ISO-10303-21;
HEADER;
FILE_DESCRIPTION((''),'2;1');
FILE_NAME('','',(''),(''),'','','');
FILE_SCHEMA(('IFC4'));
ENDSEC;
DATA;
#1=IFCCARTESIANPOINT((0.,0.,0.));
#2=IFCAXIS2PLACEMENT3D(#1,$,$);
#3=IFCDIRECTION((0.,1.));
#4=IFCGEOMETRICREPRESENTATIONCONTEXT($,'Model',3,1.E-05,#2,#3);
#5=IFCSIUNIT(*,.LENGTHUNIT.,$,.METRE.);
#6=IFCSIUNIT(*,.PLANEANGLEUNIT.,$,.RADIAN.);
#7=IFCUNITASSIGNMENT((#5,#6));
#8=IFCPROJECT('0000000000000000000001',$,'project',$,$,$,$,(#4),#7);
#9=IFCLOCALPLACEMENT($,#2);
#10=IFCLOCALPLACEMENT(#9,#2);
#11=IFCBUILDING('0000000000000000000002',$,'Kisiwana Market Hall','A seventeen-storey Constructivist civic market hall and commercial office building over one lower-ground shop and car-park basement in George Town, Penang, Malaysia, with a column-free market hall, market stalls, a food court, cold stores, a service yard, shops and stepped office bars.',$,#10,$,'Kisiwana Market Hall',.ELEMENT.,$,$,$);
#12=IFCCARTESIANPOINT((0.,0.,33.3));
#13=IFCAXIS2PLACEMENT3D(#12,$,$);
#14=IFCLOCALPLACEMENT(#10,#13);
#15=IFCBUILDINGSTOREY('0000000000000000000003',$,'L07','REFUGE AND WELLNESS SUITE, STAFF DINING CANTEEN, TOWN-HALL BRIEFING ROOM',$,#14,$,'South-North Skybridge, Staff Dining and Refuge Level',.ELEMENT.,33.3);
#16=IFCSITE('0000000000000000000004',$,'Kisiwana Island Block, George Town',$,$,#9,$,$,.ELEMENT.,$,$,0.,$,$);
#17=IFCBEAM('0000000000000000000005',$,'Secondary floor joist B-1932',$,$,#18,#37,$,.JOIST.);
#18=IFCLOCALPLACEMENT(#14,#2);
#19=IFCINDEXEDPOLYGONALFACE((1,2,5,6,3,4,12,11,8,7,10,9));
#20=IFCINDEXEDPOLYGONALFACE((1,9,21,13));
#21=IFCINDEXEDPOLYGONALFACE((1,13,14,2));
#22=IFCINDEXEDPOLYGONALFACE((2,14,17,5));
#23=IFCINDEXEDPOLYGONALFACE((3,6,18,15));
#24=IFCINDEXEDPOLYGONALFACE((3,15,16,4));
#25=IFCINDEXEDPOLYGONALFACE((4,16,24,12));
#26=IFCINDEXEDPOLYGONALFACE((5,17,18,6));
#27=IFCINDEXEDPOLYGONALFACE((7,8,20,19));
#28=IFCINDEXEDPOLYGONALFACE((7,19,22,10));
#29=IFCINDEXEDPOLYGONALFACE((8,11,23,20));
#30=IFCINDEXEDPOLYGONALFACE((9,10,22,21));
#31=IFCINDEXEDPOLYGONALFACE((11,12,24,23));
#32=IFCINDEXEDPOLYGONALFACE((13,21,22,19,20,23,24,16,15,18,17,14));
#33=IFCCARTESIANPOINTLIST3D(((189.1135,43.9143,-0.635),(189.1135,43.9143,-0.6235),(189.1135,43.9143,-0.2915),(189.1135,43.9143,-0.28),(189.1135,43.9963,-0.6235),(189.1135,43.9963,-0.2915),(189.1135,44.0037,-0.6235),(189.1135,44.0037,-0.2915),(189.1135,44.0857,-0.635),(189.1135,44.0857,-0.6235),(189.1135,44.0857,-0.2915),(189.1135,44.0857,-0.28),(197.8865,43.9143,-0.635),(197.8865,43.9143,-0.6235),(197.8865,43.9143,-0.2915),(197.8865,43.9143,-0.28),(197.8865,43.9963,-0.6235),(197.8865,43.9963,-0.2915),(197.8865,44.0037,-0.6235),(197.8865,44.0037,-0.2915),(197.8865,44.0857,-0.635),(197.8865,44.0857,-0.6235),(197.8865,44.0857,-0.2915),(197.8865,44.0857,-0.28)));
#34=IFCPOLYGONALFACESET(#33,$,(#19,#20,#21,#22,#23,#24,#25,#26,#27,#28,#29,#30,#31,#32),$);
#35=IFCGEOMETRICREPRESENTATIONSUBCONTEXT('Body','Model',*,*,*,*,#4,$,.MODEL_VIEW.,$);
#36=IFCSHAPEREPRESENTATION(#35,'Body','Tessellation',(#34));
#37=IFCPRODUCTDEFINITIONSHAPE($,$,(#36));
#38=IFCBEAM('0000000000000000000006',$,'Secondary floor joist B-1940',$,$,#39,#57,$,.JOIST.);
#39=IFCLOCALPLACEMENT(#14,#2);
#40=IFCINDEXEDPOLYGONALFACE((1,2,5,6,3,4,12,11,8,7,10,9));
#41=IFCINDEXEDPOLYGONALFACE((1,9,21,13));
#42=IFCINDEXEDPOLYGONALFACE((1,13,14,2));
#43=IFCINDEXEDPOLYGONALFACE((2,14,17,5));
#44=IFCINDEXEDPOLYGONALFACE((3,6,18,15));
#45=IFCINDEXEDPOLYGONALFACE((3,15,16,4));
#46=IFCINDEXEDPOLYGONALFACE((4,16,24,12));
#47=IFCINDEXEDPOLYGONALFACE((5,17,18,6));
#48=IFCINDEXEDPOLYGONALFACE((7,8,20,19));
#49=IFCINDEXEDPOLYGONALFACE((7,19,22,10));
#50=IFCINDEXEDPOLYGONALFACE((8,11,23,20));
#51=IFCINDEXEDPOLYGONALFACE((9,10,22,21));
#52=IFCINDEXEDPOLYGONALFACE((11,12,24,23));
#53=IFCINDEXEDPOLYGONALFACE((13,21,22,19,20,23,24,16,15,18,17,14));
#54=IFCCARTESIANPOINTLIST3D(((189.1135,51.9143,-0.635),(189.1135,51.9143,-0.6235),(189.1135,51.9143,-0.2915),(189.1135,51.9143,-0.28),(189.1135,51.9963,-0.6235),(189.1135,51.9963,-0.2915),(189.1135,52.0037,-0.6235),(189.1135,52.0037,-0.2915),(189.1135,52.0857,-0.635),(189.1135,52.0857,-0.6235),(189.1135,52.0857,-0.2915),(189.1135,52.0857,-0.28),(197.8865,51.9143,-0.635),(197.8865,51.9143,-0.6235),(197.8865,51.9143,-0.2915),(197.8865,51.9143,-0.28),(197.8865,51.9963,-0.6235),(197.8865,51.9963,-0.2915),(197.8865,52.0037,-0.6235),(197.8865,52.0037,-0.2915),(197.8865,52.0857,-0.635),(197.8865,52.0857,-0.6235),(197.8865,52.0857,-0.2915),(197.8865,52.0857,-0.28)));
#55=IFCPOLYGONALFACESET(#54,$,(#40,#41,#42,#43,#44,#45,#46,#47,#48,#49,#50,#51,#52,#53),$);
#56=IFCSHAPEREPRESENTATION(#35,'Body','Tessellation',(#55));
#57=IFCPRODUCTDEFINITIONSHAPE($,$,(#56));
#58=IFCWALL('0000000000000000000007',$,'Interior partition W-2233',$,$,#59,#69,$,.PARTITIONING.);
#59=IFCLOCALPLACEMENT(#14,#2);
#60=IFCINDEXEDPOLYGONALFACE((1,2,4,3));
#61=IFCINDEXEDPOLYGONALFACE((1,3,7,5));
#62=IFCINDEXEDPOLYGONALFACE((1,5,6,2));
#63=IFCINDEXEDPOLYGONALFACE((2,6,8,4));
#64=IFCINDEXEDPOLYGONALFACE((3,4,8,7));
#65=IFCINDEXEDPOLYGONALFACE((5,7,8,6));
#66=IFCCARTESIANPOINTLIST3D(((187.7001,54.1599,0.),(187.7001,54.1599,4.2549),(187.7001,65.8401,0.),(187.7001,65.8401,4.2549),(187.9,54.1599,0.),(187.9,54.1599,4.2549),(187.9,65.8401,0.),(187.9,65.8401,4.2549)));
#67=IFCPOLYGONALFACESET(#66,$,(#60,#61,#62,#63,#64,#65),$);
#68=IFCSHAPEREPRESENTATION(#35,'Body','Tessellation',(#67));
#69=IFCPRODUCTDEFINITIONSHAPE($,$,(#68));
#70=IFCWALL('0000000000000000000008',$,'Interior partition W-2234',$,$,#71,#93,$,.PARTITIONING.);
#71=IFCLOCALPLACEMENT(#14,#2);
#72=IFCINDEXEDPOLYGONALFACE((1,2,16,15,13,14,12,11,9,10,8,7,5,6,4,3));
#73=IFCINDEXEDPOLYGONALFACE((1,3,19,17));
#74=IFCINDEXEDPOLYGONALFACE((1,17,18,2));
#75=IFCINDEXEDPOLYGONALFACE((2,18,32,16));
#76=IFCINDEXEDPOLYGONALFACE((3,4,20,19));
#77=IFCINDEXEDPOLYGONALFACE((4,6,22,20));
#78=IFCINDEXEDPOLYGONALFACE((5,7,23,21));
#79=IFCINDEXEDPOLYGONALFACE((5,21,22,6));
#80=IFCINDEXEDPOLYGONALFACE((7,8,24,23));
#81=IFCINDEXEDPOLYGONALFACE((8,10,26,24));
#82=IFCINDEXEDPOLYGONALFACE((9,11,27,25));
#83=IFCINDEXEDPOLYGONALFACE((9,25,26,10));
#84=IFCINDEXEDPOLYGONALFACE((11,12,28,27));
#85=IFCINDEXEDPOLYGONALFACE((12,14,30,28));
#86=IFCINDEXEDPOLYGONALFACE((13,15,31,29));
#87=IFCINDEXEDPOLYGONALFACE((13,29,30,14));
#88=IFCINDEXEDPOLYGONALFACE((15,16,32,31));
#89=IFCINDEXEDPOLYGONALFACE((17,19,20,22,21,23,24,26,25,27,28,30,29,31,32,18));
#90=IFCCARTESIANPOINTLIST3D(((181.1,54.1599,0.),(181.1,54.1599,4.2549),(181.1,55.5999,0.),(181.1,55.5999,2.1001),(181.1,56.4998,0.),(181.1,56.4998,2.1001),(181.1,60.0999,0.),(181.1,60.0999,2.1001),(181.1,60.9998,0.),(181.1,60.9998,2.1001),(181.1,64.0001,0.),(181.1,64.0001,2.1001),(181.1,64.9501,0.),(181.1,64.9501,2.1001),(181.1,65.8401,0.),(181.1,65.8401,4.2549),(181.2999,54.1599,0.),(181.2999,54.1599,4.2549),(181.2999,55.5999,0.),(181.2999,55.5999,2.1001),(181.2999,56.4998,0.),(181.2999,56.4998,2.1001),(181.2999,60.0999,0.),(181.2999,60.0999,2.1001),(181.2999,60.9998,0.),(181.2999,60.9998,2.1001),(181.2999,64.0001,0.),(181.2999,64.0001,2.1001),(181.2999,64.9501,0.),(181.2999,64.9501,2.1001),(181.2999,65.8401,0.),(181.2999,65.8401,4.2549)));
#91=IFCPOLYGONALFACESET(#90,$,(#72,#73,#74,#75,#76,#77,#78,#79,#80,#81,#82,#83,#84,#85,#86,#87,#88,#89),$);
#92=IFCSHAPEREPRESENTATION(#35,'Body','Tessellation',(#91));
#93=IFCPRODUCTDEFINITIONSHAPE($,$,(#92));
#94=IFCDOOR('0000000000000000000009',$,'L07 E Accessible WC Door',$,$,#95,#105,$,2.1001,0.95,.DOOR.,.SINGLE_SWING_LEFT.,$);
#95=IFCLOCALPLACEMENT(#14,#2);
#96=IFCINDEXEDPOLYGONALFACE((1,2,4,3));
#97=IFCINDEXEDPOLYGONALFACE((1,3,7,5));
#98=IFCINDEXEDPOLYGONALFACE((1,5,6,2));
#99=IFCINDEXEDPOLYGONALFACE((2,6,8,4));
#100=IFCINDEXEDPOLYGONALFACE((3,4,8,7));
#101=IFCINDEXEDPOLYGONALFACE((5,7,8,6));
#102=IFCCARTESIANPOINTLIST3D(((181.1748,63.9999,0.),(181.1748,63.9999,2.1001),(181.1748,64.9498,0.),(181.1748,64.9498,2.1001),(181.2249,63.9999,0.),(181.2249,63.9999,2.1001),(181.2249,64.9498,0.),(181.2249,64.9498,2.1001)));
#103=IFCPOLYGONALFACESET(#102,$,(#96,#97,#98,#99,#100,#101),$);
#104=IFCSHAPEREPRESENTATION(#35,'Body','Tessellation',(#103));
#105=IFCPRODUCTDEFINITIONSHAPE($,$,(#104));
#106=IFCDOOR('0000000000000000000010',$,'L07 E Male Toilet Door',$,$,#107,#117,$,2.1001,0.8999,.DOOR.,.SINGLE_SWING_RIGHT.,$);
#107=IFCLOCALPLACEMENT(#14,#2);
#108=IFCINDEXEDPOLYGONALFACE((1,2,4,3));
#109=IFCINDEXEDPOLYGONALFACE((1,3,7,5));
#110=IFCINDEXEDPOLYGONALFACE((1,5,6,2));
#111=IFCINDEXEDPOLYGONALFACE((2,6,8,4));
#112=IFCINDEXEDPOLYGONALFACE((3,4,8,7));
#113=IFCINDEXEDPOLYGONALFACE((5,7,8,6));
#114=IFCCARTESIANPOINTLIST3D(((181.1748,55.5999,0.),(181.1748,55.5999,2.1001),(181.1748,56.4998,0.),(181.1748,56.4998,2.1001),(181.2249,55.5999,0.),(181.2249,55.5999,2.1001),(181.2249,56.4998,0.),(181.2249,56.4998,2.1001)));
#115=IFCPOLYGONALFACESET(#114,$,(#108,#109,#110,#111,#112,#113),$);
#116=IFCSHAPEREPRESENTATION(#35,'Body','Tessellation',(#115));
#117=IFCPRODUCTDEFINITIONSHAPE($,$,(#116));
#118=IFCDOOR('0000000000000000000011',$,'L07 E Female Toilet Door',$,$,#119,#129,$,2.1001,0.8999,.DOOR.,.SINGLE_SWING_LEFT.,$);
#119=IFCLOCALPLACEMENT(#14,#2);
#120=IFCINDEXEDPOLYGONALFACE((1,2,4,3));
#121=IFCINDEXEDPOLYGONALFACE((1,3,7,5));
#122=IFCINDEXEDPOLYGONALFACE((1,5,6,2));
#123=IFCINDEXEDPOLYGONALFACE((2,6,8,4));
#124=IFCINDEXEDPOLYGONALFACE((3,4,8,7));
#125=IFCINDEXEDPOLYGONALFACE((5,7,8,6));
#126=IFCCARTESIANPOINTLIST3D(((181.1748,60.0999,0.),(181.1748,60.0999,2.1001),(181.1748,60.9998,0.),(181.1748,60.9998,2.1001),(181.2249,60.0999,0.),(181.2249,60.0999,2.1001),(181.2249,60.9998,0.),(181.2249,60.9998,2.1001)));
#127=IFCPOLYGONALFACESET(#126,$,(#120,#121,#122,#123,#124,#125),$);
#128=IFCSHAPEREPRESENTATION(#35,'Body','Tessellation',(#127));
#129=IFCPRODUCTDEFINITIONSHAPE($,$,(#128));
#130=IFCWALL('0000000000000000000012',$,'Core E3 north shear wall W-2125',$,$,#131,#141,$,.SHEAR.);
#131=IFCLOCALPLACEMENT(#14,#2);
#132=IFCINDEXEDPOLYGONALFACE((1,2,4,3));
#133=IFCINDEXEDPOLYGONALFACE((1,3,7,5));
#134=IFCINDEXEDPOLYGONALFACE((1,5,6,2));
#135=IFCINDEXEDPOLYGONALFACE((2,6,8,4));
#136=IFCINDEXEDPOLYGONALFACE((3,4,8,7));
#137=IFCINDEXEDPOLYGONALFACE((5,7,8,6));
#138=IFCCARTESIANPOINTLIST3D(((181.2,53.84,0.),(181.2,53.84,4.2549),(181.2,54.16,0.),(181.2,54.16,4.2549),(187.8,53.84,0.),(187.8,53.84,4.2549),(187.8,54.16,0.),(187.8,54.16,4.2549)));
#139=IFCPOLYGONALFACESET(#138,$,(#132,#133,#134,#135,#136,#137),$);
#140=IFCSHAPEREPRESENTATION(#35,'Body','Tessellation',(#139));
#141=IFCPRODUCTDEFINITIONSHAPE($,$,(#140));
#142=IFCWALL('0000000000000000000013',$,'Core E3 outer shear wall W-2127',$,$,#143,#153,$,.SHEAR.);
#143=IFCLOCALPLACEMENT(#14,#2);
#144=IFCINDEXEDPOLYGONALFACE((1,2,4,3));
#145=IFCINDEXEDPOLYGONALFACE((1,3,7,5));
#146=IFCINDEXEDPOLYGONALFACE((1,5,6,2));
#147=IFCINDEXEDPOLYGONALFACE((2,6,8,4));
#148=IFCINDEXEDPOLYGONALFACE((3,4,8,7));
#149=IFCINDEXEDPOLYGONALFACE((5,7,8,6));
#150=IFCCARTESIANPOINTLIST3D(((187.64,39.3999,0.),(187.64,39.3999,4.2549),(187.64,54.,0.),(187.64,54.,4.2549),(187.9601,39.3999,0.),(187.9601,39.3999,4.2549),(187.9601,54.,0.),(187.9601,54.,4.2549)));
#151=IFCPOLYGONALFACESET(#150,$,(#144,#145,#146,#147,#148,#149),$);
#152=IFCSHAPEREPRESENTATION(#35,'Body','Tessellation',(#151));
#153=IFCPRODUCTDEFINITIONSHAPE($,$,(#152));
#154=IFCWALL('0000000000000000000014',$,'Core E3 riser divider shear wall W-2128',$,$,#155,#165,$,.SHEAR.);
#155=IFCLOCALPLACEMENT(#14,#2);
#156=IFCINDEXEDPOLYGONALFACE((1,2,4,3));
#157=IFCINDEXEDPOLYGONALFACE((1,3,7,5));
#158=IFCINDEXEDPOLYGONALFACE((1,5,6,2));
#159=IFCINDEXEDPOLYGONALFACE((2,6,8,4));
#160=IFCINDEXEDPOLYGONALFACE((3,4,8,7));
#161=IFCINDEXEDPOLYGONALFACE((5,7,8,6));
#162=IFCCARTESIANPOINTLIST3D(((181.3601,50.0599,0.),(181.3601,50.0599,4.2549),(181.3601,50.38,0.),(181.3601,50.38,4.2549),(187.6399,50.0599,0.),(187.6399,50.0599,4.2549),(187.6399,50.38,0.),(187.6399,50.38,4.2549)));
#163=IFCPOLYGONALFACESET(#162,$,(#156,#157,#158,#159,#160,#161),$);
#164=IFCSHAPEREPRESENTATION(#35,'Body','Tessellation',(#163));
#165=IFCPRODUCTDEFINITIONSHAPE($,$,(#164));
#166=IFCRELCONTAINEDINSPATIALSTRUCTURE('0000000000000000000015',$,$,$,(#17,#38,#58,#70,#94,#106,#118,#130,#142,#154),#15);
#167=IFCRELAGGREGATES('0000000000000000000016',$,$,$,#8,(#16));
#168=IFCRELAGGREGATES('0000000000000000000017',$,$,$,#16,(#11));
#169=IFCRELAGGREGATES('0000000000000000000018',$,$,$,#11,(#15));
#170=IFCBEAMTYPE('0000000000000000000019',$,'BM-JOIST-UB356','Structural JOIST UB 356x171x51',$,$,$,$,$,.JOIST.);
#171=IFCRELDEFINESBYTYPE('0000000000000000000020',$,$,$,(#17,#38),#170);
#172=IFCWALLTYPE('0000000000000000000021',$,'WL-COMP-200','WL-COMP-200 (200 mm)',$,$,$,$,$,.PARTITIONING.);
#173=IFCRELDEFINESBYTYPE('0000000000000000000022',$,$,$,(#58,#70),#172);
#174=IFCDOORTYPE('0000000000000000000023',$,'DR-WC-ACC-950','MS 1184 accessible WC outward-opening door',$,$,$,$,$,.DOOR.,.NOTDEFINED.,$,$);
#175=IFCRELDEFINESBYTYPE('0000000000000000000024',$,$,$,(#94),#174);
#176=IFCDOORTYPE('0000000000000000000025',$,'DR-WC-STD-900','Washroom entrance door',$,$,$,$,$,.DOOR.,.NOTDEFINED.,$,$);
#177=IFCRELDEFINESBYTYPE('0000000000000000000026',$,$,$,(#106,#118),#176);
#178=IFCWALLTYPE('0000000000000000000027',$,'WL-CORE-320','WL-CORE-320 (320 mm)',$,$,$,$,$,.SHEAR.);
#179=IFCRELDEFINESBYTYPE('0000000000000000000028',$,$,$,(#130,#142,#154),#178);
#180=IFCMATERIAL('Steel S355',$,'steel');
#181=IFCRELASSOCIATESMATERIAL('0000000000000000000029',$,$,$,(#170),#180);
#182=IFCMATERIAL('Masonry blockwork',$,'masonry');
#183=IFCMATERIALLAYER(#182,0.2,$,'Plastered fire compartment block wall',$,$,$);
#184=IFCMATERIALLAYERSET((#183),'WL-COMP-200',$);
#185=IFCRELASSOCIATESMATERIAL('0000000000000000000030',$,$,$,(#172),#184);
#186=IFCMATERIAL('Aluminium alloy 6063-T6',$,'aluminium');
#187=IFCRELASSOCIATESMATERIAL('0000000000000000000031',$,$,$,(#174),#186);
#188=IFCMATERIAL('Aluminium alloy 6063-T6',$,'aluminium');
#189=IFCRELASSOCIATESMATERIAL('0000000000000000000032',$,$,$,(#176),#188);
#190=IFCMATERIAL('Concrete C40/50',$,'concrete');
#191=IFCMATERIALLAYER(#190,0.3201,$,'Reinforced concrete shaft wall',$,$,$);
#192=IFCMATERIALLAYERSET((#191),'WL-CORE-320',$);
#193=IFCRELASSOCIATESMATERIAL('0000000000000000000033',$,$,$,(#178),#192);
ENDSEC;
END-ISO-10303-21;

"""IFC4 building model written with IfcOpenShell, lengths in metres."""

from ifc_helpers import new_model, si_unit, direction, frame, frame_2d, origin, origin_2d, place, context, subcontext, project, spatial, rectangle, i_section, extrude, material, layer, layer_set, material_profile, profile_set, type_object, element, fill, save


model = new_model("IFC4")

# Units and contexts
model_context = context("Model", 3, precision=1e-05, world=origin(), true_north=direction((0.0, 1.0)))
body_context = subcontext(model_context, "Body", "Model", "MODEL_VIEW")
ifc_project = project(units=[si_unit("LENGTHUNIT", "METRE"), si_unit("PLANEANGLEUNIT", "RADIAN")], contexts=[model_context])

# Site, building, storey
site_placement = place(None, origin())
site = spatial("IfcSite", under=ifc_project, at=site_placement, Name="Kisiwana Island Block, George Town", CompositionType="ELEMENT", RefElevation=0.0)
building_placement = place(site_placement, origin())
building = spatial("IfcBuilding", under=site, at=building_placement, Name="Kisiwana Market Hall", Description="A seventeen-storey Constructivist civic market hall and commercial office building over one lower-ground shop and car-park basement in George Town, Penang, Malaysia, with a column-free market hall, market stalls, a food court, cold stores, a service yard, shops and stepped office bars.", LongName="Kisiwana Market Hall", CompositionType="ELEMENT")
storey_placement = place(building_placement, frame((0.0, 0.0, 33.3)))
storey = spatial("IfcBuildingStorey", under=building, at=storey_placement, Name="L07", Description="REFUGE AND WELLNESS SUITE, STAFF DINING CANTEEN, TOWN-HALL BRIEFING ROOM", LongName="South-North Skybridge, Staff Dining and Refuge Level", CompositionType="ELEMENT", Elevation=33.3)

# Beams
ifc_material_1 = material(Name="Steel S355", Category="steel")
ifc_material_profile = material_profile(ifc_material_1, i_section(OverallWidth=0.1714, OverallDepth=0.355, WebThickness=0.0073, FlangeThickness=0.0115, at=origin_2d()), Name="UB 356x171x51")
ifc_profile_set = profile_set([ifc_material_profile], Name="Steel S355")
beam_type = type_object("IfcBeamType", Name="BM-JOIST-UB356", Description="Structural JOIST UB 356x171x51", PredefinedType="JOIST", material=ifc_profile_set)
for number, where, z_axis, x_axis, name in (
    (1, (189.1135, 44.0, -0.4575), (1.0, 0.0, 0.0), (0.0, 1.0, 0.0), "Secondary floor joist B-1932"),
    (2, (189.1135, 52.0, -0.4575), (1.0, 0.0, 0.0), (0.0, 1.0, 0.0), "Secondary floor joist B-1940"),
):
    element("IfcBeam", number, at=place(storey_placement, frame(where, z_axis=z_axis, x_axis=x_axis)), inside=storey, type_object=beam_type, Name=name, PredefinedType="JOIST", context=body_context, shape_type="SweptSolid", body=[
        extrude(i_section(OverallWidth=0.1714, OverallDepth=0.355, WebThickness=0.0073, FlangeThickness=0.0115, at=origin_2d()), origin(), (0.0, 0.0, 1.0), 8.7729),
    ])

# Wall
ifc_material_2 = material(Name="Masonry blockwork", Category="masonry")
ifc_layer_1 = layer(ifc_material_2, 0.2, Name="Plastered fire compartment block wall")
ifc_layer_set_1 = layer_set([ifc_layer_1], Name="WL-COMP-200")
wall_type_1 = type_object("IfcWallType", Name="WL-COMP-200", Description="WL-COMP-200 (200 mm)", PredefinedType="PARTITIONING", material=ifc_layer_set_1)
wall_1_placement = place(storey_placement, frame((187.8, 54.1599, 0.0), z_axis=(0.0, 0.0, 1.0), x_axis=(0.0, 1.0, 0.0)))
element("IfcWall", 3, at=wall_1_placement, inside=storey, type_object=wall_type_1, Name="Interior partition W-2233", PredefinedType="PARTITIONING", context=body_context, shape_type="SweptSolid", body=[
    extrude(rectangle(XDim=11.6802, YDim=0.2, at=frame_2d((5.8401, 0.0))), origin(), (0.0, 0.0, 1.0), 4.2549),
])

# Wall, openings, doors
wall_2_placement = place(storey_placement, frame((181.2, 54.1599, 0.0), z_axis=(0.0, 0.0, 1.0), x_axis=(0.0, 1.0, 0.0)))
wall_2 = element("IfcWall", 4, at=wall_2_placement, inside=storey, type_object=wall_type_1, Name="Interior partition W-2234", PredefinedType="PARTITIONING", context=body_context, shape_type="SweptSolid", body=[
    extrude(rectangle(XDim=11.6802, YDim=0.2, at=frame_2d((5.8401, 0.0))), origin(), (0.0, 0.0, 1.0), 4.2549),
])
opening_1_placement = place(wall_2_placement, frame((1.4399, 0.0, 0.0)))
opening_1 = element("IfcOpeningElement", 5, at=opening_1_placement, cuts=wall_2, PredefinedType="OPENING", context=body_context, shape_type="SweptSolid", body=[
    extrude(rectangle(XDim=0.8999, YDim=2.1001, at=frame_2d((0.45, 1.05))), frame((0.0, 0.1118, 0.0), z_axis=(0.0, -1.0, 0.0), x_axis=(1.0, 0.0, 0.0)), (0.0, 0.0, 1.0), 0.2239),
])
opening_2_placement = place(wall_2_placement, frame((5.9399, 0.0, 0.0)))
opening_2 = element("IfcOpeningElement", 6, at=opening_2_placement, cuts=wall_2, PredefinedType="OPENING", context=body_context, shape_type="SweptSolid", body=[
    extrude(rectangle(XDim=0.8999, YDim=2.1001, at=frame_2d((0.45, 1.05))), frame((0.0, 0.1118, 0.0), z_axis=(0.0, -1.0, 0.0), x_axis=(1.0, 0.0, 0.0)), (0.0, 0.0, 1.0), 0.2239),
])
opening_3_placement = place(wall_2_placement, frame((9.8401, 0.0, 0.0)))
opening_3 = element("IfcOpeningElement", 7, at=opening_3_placement, cuts=wall_2, PredefinedType="OPENING", context=body_context, shape_type="SweptSolid", body=[
    extrude(rectangle(XDim=0.95, YDim=2.1001, at=frame_2d((0.4751, 1.05))), frame((0.0, 0.1118, 0.0), z_axis=(0.0, -1.0, 0.0), x_axis=(1.0, 0.0, 0.0)), (0.0, 0.0, 1.0), 0.2239),
])
ifc_material_3 = material(Name="Aluminium alloy 6063-T6", Category="aluminium")
door_type_1 = type_object("IfcDoorType", Name="DR-WC-ACC-950", Description="MS 1184 accessible WC outward-opening door", OperationType="NOTDEFINED", PredefinedType="DOOR", material=ifc_material_3)
door_1_placement = place(opening_3_placement, frame((0.95, 0.0, 0.0), z_axis=(0.0, 0.0, 1.0), x_axis=(-1.0, 0.0, 0.0)))
door_1 = element("IfcDoor", 8, at=door_1_placement, inside=storey, type_object=door_type_1, Name="L07 E Accessible WC Door", OperationType="SINGLE_SWING_LEFT", OverallHeight=2.1001, OverallWidth=0.95, PredefinedType="DOOR", context=body_context, shape_type="SweptSolid", body=[
    extrude(rectangle(XDim=0.95, YDim=2.1001, at=frame_2d((0.4751, 1.05))), frame((0.0, 0.0249, 0.0), z_axis=(0.0, -1.0, 0.0), x_axis=(1.0, 0.0, 0.0)), (0.0, 0.0, 1.0), 0.05),
])
fill(opening_3, door_1)
ifc_material_4 = material(Name="Aluminium alloy 6063-T6", Category="aluminium")
door_type_2 = type_object("IfcDoorType", Name="DR-WC-STD-900", Description="Washroom entrance door", OperationType="NOTDEFINED", PredefinedType="DOOR", material=ifc_material_4)
door_2_placement = place(opening_1_placement, frame((0.8999, 0.0, 0.0), z_axis=(0.0, 0.0, 1.0), x_axis=(-1.0, 0.0, 0.0)))
door_2 = element("IfcDoor", 9, at=door_2_placement, inside=storey, type_object=door_type_2, Name="L07 E Male Toilet Door", OperationType="SINGLE_SWING_RIGHT", OverallHeight=2.1001, OverallWidth=0.8999, PredefinedType="DOOR", context=body_context, shape_type="SweptSolid", body=[
    extrude(rectangle(XDim=0.8999, YDim=2.1001, at=frame_2d((0.45, 1.05))), frame((0.0, 0.0249, 0.0), z_axis=(0.0, -1.0, 0.0), x_axis=(1.0, 0.0, 0.0)), (0.0, 0.0, 1.0), 0.05),
])
fill(opening_1, door_2)
door_3_placement = place(opening_2_placement, frame((0.8999, 0.0, 0.0), z_axis=(0.0, 0.0, 1.0), x_axis=(-1.0, 0.0, 0.0)))
door_3 = element("IfcDoor", 10, at=door_3_placement, inside=storey, type_object=door_type_2, Name="L07 E Female Toilet Door", OperationType="SINGLE_SWING_LEFT", OverallHeight=2.1001, OverallWidth=0.8999, PredefinedType="DOOR", context=body_context, shape_type="SweptSolid", body=[
    extrude(rectangle(XDim=0.8999, YDim=2.1001, at=frame_2d((0.45, 1.05))), frame((0.0, 0.0249, 0.0), z_axis=(0.0, -1.0, 0.0), x_axis=(1.0, 0.0, 0.0)), (0.0, 0.0, 1.0), 0.05),
])
fill(opening_2, door_3)

# Walls
ifc_material_5 = material(Name="Concrete C40/50", Category="concrete")
ifc_layer_2 = layer(ifc_material_5, 0.3201, Name="Reinforced concrete shaft wall")
ifc_layer_set_2 = layer_set([ifc_layer_2], Name="WL-CORE-320")
wall_type_2 = type_object("IfcWallType", Name="WL-CORE-320", Description="WL-CORE-320 (320 mm)", PredefinedType="SHEAR", material=ifc_layer_set_2)
wall_3_placement = place(storey_placement, frame((181.2, 54.0, 0.0), z_axis=(0.0, 0.0, 1.0), x_axis=(1.0, 0.0, 0.0)))
element("IfcWall", 11, at=wall_3_placement, inside=storey, type_object=wall_type_2, Name="Core E3 north shear wall W-2125", PredefinedType="SHEAR", context=body_context, shape_type="SweptSolid", body=[
    extrude(rectangle(XDim=6.6001, YDim=0.3201, at=frame_2d((3.3, 0.0))), origin(), (0.0, 0.0, 1.0), 4.2549),
])
wall_4_placement = place(storey_placement, frame((187.8, 39.3999, 0.0), z_axis=(0.0, 0.0, 1.0), x_axis=(0.0, 1.0, 0.0)))
element("IfcWall", 12, at=wall_4_placement, inside=storey, type_object=wall_type_2, Name="Core E3 outer shear wall W-2127", PredefinedType="SHEAR", context=body_context, shape_type="SweptSolid", body=[
    extrude(rectangle(XDim=14.6001, YDim=0.3201, at=frame_2d((7.3, 0.0))), origin(), (0.0, 0.0, 1.0), 4.2549),
])
wall_5_placement = place(storey_placement, frame((181.3601, 50.22, 0.0), z_axis=(0.0, 0.0, 1.0), x_axis=(1.0, 0.0, 0.0)))
element("IfcWall", 13, at=wall_5_placement, inside=storey, type_object=wall_type_2, Name="Core E3 riser divider shear wall W-2128", PredefinedType="SHEAR", context=body_context, shape_type="SweptSolid", body=[
    extrude(rectangle(XDim=6.2798, YDim=0.3201, at=frame_2d((3.1399, 0.0))), origin(), (0.0, 0.0, 1.0), 4.2549),
])

save(model, "model.ifc")
